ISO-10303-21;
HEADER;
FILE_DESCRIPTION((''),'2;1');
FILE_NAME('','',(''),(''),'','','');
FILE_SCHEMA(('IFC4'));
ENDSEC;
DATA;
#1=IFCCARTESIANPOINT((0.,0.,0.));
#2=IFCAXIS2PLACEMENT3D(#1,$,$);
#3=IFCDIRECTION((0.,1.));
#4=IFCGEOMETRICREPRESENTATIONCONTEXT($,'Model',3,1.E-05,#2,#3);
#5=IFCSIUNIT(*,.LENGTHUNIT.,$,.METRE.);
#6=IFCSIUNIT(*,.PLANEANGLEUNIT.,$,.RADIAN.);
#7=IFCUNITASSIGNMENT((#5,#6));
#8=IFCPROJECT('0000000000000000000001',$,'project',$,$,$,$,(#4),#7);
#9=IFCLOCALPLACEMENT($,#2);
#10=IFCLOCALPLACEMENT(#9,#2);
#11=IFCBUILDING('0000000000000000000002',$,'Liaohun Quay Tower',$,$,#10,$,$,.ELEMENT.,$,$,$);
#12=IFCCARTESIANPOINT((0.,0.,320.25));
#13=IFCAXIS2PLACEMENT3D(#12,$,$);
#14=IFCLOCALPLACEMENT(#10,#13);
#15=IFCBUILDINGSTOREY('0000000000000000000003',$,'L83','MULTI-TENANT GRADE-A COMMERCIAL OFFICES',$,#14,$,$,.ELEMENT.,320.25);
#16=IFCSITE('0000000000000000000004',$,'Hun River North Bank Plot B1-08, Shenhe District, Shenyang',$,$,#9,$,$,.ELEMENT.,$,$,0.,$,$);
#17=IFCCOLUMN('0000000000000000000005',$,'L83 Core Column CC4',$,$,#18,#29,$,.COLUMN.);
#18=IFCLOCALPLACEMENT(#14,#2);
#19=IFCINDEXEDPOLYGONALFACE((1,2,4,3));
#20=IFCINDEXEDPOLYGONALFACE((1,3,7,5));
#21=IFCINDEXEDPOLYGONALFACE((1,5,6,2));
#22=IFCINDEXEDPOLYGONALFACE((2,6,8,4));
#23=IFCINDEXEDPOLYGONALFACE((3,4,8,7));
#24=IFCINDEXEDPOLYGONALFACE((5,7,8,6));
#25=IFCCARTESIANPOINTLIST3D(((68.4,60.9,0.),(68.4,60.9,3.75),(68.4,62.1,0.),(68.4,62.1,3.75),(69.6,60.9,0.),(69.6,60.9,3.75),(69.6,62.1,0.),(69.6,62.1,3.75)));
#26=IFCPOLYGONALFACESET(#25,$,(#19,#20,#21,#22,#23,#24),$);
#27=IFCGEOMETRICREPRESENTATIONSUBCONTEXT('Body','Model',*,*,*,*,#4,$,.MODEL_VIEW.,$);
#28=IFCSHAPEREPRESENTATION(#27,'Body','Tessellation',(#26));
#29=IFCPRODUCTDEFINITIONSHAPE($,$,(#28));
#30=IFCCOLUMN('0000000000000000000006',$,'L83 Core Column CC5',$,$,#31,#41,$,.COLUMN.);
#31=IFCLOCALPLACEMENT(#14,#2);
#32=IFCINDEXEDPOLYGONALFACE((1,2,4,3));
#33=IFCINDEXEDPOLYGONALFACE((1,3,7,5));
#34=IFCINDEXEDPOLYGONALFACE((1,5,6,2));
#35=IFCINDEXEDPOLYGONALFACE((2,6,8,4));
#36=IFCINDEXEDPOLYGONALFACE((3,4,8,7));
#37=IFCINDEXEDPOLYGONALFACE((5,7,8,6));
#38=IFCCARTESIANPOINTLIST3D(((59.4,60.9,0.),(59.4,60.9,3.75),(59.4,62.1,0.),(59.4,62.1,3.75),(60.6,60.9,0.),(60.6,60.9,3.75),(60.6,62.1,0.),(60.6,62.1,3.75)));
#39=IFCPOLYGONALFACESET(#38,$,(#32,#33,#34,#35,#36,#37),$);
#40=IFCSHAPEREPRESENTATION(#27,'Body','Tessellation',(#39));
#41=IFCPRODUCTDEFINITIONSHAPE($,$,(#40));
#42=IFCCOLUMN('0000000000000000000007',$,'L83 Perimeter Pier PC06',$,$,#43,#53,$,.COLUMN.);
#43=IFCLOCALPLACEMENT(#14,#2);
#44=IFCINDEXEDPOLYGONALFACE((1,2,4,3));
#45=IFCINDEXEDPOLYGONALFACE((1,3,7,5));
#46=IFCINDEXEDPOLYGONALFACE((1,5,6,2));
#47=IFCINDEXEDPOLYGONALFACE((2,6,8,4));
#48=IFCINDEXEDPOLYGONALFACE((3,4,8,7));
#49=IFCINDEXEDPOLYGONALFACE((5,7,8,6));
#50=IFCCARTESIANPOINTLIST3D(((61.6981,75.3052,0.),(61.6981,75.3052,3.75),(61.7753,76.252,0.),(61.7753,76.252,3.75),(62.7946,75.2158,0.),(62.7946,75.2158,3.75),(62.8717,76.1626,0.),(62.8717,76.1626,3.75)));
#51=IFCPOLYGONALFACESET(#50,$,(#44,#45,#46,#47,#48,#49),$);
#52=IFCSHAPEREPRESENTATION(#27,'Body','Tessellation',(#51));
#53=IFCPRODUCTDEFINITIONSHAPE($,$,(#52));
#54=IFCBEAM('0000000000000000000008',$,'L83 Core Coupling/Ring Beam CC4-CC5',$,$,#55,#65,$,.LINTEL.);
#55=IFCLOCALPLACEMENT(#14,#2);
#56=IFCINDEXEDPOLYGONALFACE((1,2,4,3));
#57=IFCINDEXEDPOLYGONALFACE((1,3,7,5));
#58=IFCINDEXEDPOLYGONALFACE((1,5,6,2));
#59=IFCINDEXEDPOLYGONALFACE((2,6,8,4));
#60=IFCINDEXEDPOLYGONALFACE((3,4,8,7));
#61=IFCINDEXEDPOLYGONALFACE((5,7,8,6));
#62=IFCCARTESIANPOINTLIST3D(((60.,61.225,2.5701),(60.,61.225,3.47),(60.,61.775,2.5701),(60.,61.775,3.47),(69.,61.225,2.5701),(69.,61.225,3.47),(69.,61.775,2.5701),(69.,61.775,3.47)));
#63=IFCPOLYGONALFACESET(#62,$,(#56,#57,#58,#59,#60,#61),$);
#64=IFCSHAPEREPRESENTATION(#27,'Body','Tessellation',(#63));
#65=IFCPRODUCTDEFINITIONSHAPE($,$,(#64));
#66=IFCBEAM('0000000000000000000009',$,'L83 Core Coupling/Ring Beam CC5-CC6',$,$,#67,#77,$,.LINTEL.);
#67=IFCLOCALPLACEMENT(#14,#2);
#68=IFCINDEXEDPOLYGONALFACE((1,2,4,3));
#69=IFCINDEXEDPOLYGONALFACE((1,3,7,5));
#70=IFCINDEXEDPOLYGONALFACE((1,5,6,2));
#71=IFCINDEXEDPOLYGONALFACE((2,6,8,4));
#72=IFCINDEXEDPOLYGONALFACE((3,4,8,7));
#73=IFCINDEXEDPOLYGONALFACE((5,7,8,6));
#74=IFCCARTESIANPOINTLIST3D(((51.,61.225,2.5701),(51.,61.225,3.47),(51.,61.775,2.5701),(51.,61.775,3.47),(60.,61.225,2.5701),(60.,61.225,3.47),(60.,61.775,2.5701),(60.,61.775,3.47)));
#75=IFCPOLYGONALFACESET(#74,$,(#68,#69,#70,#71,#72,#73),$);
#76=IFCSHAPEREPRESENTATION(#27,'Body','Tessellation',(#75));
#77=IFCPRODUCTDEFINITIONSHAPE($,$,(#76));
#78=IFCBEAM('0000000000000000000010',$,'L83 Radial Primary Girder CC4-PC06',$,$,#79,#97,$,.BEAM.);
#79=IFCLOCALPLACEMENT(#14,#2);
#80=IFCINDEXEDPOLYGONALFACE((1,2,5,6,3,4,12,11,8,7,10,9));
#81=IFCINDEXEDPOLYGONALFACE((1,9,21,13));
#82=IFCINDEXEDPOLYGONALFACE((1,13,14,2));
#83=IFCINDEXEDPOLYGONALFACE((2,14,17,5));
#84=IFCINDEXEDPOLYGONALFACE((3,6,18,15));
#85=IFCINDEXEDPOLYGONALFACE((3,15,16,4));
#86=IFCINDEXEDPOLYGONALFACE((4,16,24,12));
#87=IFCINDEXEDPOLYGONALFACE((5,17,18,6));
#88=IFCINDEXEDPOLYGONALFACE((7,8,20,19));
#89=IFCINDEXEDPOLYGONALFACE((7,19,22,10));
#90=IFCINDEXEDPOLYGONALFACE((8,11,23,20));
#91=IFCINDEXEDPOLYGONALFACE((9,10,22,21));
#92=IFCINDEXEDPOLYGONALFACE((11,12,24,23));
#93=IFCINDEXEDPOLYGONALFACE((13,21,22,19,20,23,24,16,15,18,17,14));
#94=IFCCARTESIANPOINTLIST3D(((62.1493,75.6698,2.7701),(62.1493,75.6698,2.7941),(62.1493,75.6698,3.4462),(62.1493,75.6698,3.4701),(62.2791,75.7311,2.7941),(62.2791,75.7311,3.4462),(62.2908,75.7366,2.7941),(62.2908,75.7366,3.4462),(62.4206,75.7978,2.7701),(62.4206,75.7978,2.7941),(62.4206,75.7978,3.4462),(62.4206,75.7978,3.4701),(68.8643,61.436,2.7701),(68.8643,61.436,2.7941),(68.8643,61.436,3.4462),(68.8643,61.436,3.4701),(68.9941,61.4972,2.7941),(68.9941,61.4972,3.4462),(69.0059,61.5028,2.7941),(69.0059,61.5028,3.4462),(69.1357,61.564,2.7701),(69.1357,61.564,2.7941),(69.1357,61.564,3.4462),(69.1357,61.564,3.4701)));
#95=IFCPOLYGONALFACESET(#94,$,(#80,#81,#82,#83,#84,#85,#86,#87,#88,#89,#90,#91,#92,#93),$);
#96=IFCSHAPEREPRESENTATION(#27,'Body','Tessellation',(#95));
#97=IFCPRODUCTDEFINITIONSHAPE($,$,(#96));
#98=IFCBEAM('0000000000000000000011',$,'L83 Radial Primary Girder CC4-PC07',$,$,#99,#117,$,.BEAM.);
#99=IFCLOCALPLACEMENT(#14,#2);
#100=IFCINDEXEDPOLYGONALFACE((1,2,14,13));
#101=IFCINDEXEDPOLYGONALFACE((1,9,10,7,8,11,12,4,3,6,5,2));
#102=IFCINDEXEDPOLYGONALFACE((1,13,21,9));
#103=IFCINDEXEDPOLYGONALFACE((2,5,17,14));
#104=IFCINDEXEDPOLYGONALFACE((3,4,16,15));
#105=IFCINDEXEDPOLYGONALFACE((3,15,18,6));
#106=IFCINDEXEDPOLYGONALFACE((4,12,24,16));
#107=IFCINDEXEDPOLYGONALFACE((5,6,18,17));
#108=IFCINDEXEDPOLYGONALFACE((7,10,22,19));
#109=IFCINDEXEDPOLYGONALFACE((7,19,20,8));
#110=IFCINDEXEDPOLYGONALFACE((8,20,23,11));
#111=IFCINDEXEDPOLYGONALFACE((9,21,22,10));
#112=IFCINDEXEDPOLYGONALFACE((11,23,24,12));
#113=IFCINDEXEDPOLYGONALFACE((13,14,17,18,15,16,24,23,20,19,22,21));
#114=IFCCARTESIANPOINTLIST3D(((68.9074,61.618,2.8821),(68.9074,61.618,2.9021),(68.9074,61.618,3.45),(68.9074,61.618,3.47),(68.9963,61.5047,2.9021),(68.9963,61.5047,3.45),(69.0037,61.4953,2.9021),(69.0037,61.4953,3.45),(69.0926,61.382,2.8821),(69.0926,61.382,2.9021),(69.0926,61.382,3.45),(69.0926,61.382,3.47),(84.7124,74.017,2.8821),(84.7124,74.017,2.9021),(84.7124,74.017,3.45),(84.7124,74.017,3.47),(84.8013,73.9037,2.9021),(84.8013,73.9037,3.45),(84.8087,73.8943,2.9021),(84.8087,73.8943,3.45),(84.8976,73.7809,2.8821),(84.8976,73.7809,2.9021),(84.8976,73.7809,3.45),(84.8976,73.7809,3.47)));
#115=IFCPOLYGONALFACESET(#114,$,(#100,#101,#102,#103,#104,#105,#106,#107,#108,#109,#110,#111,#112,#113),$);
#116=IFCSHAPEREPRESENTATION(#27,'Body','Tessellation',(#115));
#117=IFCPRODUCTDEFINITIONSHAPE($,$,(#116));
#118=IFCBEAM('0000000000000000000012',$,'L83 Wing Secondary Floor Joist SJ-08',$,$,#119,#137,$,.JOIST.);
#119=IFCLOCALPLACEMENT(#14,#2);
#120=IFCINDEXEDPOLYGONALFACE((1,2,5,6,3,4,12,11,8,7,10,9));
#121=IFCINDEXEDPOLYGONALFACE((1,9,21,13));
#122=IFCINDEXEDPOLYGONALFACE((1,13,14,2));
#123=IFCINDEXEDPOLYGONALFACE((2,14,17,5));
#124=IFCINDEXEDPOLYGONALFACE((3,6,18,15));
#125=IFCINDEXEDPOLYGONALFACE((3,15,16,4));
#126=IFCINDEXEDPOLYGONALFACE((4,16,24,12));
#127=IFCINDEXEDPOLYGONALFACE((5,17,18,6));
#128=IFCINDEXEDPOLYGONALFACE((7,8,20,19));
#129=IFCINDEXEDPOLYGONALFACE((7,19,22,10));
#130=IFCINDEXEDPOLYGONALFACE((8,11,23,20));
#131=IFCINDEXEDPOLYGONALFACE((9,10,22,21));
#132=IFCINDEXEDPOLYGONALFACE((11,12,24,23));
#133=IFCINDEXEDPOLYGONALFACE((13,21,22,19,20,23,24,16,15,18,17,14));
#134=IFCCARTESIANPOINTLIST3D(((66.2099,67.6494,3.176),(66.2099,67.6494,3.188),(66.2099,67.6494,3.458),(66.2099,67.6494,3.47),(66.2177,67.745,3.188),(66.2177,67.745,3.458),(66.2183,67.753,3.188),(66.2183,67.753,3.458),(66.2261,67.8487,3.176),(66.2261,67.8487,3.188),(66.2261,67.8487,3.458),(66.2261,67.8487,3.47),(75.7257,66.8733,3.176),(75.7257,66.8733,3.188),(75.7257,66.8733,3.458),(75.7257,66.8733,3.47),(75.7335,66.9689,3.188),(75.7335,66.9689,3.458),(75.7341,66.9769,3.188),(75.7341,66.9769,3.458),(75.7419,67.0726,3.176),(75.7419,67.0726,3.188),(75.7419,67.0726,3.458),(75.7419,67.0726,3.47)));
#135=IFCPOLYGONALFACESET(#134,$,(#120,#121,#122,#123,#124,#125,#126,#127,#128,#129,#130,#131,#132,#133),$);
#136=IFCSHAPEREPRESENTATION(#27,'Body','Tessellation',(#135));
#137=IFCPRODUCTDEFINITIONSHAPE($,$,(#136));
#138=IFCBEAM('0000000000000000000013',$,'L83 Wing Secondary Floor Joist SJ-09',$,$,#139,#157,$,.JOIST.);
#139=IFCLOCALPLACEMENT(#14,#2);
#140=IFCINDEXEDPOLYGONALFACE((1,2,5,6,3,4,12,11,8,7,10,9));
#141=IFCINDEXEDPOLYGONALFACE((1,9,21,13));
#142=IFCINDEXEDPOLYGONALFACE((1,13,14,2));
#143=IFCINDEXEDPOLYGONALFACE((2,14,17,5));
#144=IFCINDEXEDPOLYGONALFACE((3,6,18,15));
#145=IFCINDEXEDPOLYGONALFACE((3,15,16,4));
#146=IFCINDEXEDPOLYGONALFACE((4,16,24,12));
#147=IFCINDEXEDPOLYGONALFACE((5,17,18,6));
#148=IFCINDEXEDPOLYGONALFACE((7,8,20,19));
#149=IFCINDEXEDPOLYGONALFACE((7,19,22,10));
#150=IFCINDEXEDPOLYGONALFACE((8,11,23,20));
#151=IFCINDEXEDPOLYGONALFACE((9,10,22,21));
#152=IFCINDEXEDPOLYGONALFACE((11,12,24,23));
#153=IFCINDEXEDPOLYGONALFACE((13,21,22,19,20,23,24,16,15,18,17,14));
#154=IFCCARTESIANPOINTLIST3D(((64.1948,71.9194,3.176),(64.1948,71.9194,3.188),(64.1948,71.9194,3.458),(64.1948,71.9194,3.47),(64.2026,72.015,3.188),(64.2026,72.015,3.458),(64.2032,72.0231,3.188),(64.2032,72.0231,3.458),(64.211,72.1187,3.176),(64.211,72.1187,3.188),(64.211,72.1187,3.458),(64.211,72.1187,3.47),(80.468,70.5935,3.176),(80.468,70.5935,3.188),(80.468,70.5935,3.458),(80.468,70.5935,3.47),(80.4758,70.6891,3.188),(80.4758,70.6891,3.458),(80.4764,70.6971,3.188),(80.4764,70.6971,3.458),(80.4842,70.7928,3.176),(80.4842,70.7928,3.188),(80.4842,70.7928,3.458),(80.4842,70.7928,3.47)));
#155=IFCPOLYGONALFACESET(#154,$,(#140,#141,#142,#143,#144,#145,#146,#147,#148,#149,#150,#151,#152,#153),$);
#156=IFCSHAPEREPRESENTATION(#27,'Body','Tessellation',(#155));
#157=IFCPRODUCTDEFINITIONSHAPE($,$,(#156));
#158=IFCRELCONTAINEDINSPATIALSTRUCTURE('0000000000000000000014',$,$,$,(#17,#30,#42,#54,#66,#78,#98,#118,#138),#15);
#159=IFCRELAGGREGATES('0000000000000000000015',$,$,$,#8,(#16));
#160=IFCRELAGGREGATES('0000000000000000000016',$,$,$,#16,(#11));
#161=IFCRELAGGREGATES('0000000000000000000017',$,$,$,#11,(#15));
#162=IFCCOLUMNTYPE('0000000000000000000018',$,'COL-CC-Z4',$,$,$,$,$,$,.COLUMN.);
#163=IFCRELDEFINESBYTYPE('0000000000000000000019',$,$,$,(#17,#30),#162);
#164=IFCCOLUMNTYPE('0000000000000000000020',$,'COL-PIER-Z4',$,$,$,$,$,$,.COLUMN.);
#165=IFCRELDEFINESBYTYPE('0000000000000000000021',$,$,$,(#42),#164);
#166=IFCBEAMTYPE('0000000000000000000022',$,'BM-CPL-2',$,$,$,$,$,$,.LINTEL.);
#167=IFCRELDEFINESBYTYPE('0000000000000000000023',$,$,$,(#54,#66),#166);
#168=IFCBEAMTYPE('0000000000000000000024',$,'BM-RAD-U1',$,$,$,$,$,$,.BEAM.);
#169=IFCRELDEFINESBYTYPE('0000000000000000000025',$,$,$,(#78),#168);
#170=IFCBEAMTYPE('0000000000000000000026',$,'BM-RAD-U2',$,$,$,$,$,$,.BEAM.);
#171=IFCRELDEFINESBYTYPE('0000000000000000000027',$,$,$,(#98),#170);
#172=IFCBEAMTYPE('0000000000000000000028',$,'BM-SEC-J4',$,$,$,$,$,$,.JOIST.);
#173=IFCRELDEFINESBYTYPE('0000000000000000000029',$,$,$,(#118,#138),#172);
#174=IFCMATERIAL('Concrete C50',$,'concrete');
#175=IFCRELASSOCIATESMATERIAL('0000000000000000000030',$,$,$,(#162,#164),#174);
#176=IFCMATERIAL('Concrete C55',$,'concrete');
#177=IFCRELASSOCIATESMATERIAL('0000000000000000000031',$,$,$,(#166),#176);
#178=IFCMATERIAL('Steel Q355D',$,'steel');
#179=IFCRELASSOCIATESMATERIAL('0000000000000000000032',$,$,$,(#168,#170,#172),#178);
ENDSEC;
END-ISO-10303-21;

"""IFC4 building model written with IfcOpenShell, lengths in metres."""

from ifc_helpers import new_model, si_unit, direction, frame, origin, origin_2d, place, context, subcontext, project, spatial, rectangle, i_section, extrude, source, transform, mapped, material, material_profile, profile_set, type_object, element, save


model = new_model("IFC4")

# Units and contexts
model_context = context("Model", 3, precision=1e-05, world=origin(), true_north=direction((0.0, 1.0)))
body_context = subcontext(model_context, "Body", "Model", "MODEL_VIEW")
ifc_project = project(units=[si_unit("LENGTHUNIT", "METRE"), si_unit("PLANEANGLEUNIT", "RADIAN")], contexts=[model_context])

# Site, building, storey
site_placement = place(None, origin())
site = spatial("IfcSite", under=ifc_project, at=site_placement, Name="Hun River North Bank Plot B1-08, Shenhe District, Shenyang", CompositionType="ELEMENT", RefElevation=0.0)
building_placement = place(site_placement, origin())
building = spatial("IfcBuilding", under=site, at=building_placement, Name="Liaohun Quay Tower", CompositionType="ELEMENT")
storey_placement = place(building_placement, frame((0.0, 0.0, 320.25)))
storey = spatial("IfcBuildingStorey", under=building, at=storey_placement, Name="L83", Description="MULTI-TENANT GRADE-A COMMERCIAL OFFICES", CompositionType="ELEMENT", Elevation=320.25)

# Columns
ifc_material_1 = material(Name="Concrete C50", Category="concrete")
ifc_material_profile_1 = material_profile(ifc_material_1, rectangle(XDim=1.2, YDim=1.2, at=origin_2d()), Name="RC1200x1200")
ifc_profile_set_1 = profile_set([ifc_material_profile_1], Name="Concrete C50")
column_type_1 = type_object("IfcColumnType", Name="COL-CC-Z4", PredefinedType="COLUMN", material=ifc_profile_set_1)
shared_shape_1 = source(origin(), body_context, "Body", "SweptSolid", [
    extrude(rectangle(XDim=1.2, YDim=1.2, at=origin_2d()), origin(), (0.0, 0.0, 1.0), 3.75),
])
for number, where, z_axis, x_axis, name in (
    (1, (69.0, 61.5, 0.0), (0.0, 0.0, 1.0), (1.0, 0.0, 0.0), "L83 Core Column CC4"),
    (2, (60.0, 61.5, 0.0), (0.0, 0.0, 1.0), (1.0, 0.0, 0.0), "L83 Core Column CC5"),
):
    element("IfcColumn", number, at=place(storey_placement, frame(where, z_axis=z_axis, x_axis=x_axis)), inside=storey, type_object=column_type_1, Name=name, PredefinedType="COLUMN", context=body_context, shape_type="MappedRepresentation", body=[
        mapped(shared_shape_1, transform((0.0, 0.0, 0.0), x_axis=(1.0, 0.0, 0.0), y_axis=(0.0, 1.0, 0.0), z_axis=(0.0, 0.0, 1.0), scale=1.0)),
    ])
ifc_material_profile_2 = material_profile(ifc_material_1, rectangle(XDim=1.1001, YDim=0.95, at=origin_2d()), Name="RC1100x950")
ifc_profile_set_2 = profile_set([ifc_material_profile_2], Name="Concrete C50")
column_type_2 = type_object("IfcColumnType", Name="COL-PIER-Z4", PredefinedType="COLUMN", material=ifc_profile_set_2)
shared_shape_2 = source(origin(), body_context, "Body", "SweptSolid", [
    extrude(rectangle(XDim=1.1001, YDim=0.95, at=origin_2d()), origin(), (0.0, 0.0, 1.0), 3.75),
])
column_placement = place(storey_placement, frame((62.2849, 75.7339, 0.0), z_axis=(0.0, 0.0, 1.0), x_axis=(-0.996694, 0.081243, 0.0)))
element("IfcColumn", 3, at=column_placement, inside=storey, type_object=column_type_2, Name="L83 Perimeter Pier PC06", PredefinedType="COLUMN", context=body_context, shape_type="MappedRepresentation", body=[
    mapped(shared_shape_2, transform((0.0, 0.0, 0.0), x_axis=(1.0, 0.0, 0.0), y_axis=(0.0, 1.0, 0.0), z_axis=(0.0, 0.0, 1.0), scale=1.0)),
])

# Beams
ifc_material_2 = material(Name="Concrete C55", Category="concrete")
ifc_material_profile_3 = material_profile(ifc_material_2, rectangle(XDim=0.55, YDim=0.8999, at=origin_2d()), Name="RC550x900")
ifc_profile_set_3 = profile_set([ifc_material_profile_3], Name="Concrete C55")
beam_type_1 = type_object("IfcBeamType", Name="BM-CPL-2", PredefinedType="LINTEL", material=ifc_profile_set_3)
shared_shape_3 = source(origin(), body_context, "Body", "SweptSolid", [
    extrude(rectangle(XDim=0.55, YDim=0.8999, at=origin_2d()), origin(), (0.0, 0.0, 1.0), 9.0),
])
for number, where, z_axis, x_axis, name in (
    (4, (69.0, 61.5, 3.02), (-1.0, 0.0, 0.0), (0.0, -1.0, 0.0), "L83 Core Coupling/Ring Beam CC4-CC5"),
    (5, (60.0, 61.5, 3.02), (-1.0, 0.0, 0.0), (0.0, -1.0, 0.0), "L83 Core Coupling/Ring Beam CC5-CC6"),
):
    element("IfcBeam", number, at=place(storey_placement, frame(where, z_axis=z_axis, x_axis=x_axis)), inside=storey, type_object=beam_type_1, Name=name, PredefinedType="LINTEL", context=body_context, shape_type="MappedRepresentation", body=[
        mapped(shared_shape_3, transform((0.0, 0.0, 0.0), x_axis=(1.0, 0.0, 0.0), y_axis=(0.0, 1.0, 0.0), z_axis=(0.0, 0.0, 1.0), scale=1.0)),
    ])
ifc_material_3 = material(Name="Steel Q355D", Category="steel")
ifc_material_profile_4 = material_profile(ifc_material_3, i_section(OverallWidth=0.3, OverallDepth=0.7, WebThickness=0.0129, FlangeThickness=0.0239, at=origin_2d()), Name="HN700x300x13x24")
ifc_profile_set_4 = profile_set([ifc_material_profile_4], Name="Steel Q355D")
beam_type_2 = type_object("IfcBeamType", Name="BM-RAD-U1", PredefinedType="BEAM", material=ifc_profile_set_4)
shared_shape_4 = source(origin(), body_context, "Body", "SweptSolid", [
    extrude(i_section(OverallWidth=0.3, OverallDepth=0.7, WebThickness=0.0129, FlangeThickness=0.0239, at=origin_2d()), origin(), (0.0, 0.0, 1.0), 15.7383),
])
beam_1_placement = place(storey_placement, frame((69.0, 61.5, 3.1201), z_axis=(-0.42667, 0.904407, 0.0), x_axis=(-0.904407, -0.42667, 0.0)))
element("IfcBeam", 6, at=beam_1_placement, inside=storey, type_object=beam_type_2, Name="L83 Radial Primary Girder CC4-PC06", PredefinedType="BEAM", context=body_context, shape_type="MappedRepresentation", body=[
    mapped(shared_shape_4, transform((0.0, 0.0, 0.0), x_axis=(1.0, 0.0, 0.0), y_axis=(0.0, 1.0, 0.0), z_axis=(0.0, 0.0, 1.0), scale=1.0)),
])
ifc_material_profile_5 = material_profile(ifc_material_3, i_section(OverallWidth=0.3, OverallDepth=0.5879, WebThickness=0.012, FlangeThickness=0.02, at=origin_2d()), Name="HM588x300x12x20")
ifc_profile_set_5 = profile_set([ifc_material_profile_5], Name="Steel Q355D")
beam_type_3 = type_object("IfcBeamType", Name="BM-RAD-U2", PredefinedType="BEAM", material=ifc_profile_set_5)
shared_shape_5 = source(origin(), body_context, "Body", "SweptSolid", [
    extrude(i_section(OverallWidth=0.3, OverallDepth=0.5879, WebThickness=0.012, FlangeThickness=0.02, at=origin_2d()), origin(), (0.0, 0.0, 1.0), 20.0881),
])
beam_2_placement = place(storey_placement, frame((69.0, 61.5, 3.176), z_axis=(0.786783, 0.617229, 0.0), x_axis=(-0.617229, 0.786783, 0.0)))
element("IfcBeam", 7, at=beam_2_placement, inside=storey, type_object=beam_type_3, Name="L83 Radial Primary Girder CC4-PC07", PredefinedType="BEAM", context=body_context, shape_type="MappedRepresentation", body=[
    mapped(shared_shape_5, transform((0.0, 0.0, 0.0), x_axis=(1.0, 0.0, 0.0), y_axis=(0.0, 1.0, 0.0), z_axis=(0.0, 0.0, 1.0), scale=1.0)),
])
ifc_material_profile_6 = material_profile(ifc_material_3, i_section(OverallWidth=0.2, OverallDepth=0.2939, WebThickness=0.0081, FlangeThickness=0.012, at=origin_2d()), Name="HM294x200x8x12")
ifc_profile_set_6 = profile_set([ifc_material_profile_6], Name="Steel Q355D")
beam_type_4 = type_object("IfcBeamType", Name="BM-SEC-J4", PredefinedType="JOIST", material=ifc_profile_set_6)
shared_shape_6 = source(origin(), body_context, "Body", "SweptSolid", [
    extrude(i_section(OverallWidth=0.2, OverallDepth=0.2939, WebThickness=0.0081, FlangeThickness=0.012, at=origin_2d()), origin(), (0.0, 0.0, 1.0), 9.5474),
])
beam_3_placement = place(storey_placement, frame((66.218, 67.749, 3.323), z_axis=(0.99669, -0.081291, 0.0), x_axis=(0.081291, 0.99669, 0.0)))
element("IfcBeam", 8, at=beam_3_placement, inside=storey, type_object=beam_type_4, Name="L83 Wing Secondary Floor Joist SJ-08", PredefinedType="JOIST", context=body_context, shape_type="MappedRepresentation", body=[
    mapped(shared_shape_6, transform((0.0, 0.0, 0.0), x_axis=(1.0, 0.0, 0.0), y_axis=(0.0, 1.0, 0.0), z_axis=(0.0, 0.0, 1.0), scale=1.0)),
])
shared_shape_7 = source(origin(), body_context, "Body", "SweptSolid", [
    extrude(i_section(OverallWidth=0.2, OverallDepth=0.2939, WebThickness=0.0081, FlangeThickness=0.012, at=origin_2d()), origin(), (0.0, 0.0, 1.0), 16.3271),
])
beam_4_placement = place(storey_placement, frame((64.2029, 72.019, 3.323), z_axis=(0.996697, -0.08121, 0.0), x_axis=(0.08121, 0.996697, 0.0)))
element("IfcBeam", 9, at=beam_4_placement, inside=storey, type_object=beam_type_4, Name="L83 Wing Secondary Floor Joist SJ-09", PredefinedType="JOIST", context=body_context, shape_type="MappedRepresentation", body=[
    mapped(shared_shape_7, transform((0.0, 0.0, 0.0), x_axis=(1.0, 0.0, 0.0), y_axis=(0.0, 1.0, 0.0), z_axis=(0.0, 0.0, 1.0), scale=1.0)),
])

save(model, "model.ifc")
